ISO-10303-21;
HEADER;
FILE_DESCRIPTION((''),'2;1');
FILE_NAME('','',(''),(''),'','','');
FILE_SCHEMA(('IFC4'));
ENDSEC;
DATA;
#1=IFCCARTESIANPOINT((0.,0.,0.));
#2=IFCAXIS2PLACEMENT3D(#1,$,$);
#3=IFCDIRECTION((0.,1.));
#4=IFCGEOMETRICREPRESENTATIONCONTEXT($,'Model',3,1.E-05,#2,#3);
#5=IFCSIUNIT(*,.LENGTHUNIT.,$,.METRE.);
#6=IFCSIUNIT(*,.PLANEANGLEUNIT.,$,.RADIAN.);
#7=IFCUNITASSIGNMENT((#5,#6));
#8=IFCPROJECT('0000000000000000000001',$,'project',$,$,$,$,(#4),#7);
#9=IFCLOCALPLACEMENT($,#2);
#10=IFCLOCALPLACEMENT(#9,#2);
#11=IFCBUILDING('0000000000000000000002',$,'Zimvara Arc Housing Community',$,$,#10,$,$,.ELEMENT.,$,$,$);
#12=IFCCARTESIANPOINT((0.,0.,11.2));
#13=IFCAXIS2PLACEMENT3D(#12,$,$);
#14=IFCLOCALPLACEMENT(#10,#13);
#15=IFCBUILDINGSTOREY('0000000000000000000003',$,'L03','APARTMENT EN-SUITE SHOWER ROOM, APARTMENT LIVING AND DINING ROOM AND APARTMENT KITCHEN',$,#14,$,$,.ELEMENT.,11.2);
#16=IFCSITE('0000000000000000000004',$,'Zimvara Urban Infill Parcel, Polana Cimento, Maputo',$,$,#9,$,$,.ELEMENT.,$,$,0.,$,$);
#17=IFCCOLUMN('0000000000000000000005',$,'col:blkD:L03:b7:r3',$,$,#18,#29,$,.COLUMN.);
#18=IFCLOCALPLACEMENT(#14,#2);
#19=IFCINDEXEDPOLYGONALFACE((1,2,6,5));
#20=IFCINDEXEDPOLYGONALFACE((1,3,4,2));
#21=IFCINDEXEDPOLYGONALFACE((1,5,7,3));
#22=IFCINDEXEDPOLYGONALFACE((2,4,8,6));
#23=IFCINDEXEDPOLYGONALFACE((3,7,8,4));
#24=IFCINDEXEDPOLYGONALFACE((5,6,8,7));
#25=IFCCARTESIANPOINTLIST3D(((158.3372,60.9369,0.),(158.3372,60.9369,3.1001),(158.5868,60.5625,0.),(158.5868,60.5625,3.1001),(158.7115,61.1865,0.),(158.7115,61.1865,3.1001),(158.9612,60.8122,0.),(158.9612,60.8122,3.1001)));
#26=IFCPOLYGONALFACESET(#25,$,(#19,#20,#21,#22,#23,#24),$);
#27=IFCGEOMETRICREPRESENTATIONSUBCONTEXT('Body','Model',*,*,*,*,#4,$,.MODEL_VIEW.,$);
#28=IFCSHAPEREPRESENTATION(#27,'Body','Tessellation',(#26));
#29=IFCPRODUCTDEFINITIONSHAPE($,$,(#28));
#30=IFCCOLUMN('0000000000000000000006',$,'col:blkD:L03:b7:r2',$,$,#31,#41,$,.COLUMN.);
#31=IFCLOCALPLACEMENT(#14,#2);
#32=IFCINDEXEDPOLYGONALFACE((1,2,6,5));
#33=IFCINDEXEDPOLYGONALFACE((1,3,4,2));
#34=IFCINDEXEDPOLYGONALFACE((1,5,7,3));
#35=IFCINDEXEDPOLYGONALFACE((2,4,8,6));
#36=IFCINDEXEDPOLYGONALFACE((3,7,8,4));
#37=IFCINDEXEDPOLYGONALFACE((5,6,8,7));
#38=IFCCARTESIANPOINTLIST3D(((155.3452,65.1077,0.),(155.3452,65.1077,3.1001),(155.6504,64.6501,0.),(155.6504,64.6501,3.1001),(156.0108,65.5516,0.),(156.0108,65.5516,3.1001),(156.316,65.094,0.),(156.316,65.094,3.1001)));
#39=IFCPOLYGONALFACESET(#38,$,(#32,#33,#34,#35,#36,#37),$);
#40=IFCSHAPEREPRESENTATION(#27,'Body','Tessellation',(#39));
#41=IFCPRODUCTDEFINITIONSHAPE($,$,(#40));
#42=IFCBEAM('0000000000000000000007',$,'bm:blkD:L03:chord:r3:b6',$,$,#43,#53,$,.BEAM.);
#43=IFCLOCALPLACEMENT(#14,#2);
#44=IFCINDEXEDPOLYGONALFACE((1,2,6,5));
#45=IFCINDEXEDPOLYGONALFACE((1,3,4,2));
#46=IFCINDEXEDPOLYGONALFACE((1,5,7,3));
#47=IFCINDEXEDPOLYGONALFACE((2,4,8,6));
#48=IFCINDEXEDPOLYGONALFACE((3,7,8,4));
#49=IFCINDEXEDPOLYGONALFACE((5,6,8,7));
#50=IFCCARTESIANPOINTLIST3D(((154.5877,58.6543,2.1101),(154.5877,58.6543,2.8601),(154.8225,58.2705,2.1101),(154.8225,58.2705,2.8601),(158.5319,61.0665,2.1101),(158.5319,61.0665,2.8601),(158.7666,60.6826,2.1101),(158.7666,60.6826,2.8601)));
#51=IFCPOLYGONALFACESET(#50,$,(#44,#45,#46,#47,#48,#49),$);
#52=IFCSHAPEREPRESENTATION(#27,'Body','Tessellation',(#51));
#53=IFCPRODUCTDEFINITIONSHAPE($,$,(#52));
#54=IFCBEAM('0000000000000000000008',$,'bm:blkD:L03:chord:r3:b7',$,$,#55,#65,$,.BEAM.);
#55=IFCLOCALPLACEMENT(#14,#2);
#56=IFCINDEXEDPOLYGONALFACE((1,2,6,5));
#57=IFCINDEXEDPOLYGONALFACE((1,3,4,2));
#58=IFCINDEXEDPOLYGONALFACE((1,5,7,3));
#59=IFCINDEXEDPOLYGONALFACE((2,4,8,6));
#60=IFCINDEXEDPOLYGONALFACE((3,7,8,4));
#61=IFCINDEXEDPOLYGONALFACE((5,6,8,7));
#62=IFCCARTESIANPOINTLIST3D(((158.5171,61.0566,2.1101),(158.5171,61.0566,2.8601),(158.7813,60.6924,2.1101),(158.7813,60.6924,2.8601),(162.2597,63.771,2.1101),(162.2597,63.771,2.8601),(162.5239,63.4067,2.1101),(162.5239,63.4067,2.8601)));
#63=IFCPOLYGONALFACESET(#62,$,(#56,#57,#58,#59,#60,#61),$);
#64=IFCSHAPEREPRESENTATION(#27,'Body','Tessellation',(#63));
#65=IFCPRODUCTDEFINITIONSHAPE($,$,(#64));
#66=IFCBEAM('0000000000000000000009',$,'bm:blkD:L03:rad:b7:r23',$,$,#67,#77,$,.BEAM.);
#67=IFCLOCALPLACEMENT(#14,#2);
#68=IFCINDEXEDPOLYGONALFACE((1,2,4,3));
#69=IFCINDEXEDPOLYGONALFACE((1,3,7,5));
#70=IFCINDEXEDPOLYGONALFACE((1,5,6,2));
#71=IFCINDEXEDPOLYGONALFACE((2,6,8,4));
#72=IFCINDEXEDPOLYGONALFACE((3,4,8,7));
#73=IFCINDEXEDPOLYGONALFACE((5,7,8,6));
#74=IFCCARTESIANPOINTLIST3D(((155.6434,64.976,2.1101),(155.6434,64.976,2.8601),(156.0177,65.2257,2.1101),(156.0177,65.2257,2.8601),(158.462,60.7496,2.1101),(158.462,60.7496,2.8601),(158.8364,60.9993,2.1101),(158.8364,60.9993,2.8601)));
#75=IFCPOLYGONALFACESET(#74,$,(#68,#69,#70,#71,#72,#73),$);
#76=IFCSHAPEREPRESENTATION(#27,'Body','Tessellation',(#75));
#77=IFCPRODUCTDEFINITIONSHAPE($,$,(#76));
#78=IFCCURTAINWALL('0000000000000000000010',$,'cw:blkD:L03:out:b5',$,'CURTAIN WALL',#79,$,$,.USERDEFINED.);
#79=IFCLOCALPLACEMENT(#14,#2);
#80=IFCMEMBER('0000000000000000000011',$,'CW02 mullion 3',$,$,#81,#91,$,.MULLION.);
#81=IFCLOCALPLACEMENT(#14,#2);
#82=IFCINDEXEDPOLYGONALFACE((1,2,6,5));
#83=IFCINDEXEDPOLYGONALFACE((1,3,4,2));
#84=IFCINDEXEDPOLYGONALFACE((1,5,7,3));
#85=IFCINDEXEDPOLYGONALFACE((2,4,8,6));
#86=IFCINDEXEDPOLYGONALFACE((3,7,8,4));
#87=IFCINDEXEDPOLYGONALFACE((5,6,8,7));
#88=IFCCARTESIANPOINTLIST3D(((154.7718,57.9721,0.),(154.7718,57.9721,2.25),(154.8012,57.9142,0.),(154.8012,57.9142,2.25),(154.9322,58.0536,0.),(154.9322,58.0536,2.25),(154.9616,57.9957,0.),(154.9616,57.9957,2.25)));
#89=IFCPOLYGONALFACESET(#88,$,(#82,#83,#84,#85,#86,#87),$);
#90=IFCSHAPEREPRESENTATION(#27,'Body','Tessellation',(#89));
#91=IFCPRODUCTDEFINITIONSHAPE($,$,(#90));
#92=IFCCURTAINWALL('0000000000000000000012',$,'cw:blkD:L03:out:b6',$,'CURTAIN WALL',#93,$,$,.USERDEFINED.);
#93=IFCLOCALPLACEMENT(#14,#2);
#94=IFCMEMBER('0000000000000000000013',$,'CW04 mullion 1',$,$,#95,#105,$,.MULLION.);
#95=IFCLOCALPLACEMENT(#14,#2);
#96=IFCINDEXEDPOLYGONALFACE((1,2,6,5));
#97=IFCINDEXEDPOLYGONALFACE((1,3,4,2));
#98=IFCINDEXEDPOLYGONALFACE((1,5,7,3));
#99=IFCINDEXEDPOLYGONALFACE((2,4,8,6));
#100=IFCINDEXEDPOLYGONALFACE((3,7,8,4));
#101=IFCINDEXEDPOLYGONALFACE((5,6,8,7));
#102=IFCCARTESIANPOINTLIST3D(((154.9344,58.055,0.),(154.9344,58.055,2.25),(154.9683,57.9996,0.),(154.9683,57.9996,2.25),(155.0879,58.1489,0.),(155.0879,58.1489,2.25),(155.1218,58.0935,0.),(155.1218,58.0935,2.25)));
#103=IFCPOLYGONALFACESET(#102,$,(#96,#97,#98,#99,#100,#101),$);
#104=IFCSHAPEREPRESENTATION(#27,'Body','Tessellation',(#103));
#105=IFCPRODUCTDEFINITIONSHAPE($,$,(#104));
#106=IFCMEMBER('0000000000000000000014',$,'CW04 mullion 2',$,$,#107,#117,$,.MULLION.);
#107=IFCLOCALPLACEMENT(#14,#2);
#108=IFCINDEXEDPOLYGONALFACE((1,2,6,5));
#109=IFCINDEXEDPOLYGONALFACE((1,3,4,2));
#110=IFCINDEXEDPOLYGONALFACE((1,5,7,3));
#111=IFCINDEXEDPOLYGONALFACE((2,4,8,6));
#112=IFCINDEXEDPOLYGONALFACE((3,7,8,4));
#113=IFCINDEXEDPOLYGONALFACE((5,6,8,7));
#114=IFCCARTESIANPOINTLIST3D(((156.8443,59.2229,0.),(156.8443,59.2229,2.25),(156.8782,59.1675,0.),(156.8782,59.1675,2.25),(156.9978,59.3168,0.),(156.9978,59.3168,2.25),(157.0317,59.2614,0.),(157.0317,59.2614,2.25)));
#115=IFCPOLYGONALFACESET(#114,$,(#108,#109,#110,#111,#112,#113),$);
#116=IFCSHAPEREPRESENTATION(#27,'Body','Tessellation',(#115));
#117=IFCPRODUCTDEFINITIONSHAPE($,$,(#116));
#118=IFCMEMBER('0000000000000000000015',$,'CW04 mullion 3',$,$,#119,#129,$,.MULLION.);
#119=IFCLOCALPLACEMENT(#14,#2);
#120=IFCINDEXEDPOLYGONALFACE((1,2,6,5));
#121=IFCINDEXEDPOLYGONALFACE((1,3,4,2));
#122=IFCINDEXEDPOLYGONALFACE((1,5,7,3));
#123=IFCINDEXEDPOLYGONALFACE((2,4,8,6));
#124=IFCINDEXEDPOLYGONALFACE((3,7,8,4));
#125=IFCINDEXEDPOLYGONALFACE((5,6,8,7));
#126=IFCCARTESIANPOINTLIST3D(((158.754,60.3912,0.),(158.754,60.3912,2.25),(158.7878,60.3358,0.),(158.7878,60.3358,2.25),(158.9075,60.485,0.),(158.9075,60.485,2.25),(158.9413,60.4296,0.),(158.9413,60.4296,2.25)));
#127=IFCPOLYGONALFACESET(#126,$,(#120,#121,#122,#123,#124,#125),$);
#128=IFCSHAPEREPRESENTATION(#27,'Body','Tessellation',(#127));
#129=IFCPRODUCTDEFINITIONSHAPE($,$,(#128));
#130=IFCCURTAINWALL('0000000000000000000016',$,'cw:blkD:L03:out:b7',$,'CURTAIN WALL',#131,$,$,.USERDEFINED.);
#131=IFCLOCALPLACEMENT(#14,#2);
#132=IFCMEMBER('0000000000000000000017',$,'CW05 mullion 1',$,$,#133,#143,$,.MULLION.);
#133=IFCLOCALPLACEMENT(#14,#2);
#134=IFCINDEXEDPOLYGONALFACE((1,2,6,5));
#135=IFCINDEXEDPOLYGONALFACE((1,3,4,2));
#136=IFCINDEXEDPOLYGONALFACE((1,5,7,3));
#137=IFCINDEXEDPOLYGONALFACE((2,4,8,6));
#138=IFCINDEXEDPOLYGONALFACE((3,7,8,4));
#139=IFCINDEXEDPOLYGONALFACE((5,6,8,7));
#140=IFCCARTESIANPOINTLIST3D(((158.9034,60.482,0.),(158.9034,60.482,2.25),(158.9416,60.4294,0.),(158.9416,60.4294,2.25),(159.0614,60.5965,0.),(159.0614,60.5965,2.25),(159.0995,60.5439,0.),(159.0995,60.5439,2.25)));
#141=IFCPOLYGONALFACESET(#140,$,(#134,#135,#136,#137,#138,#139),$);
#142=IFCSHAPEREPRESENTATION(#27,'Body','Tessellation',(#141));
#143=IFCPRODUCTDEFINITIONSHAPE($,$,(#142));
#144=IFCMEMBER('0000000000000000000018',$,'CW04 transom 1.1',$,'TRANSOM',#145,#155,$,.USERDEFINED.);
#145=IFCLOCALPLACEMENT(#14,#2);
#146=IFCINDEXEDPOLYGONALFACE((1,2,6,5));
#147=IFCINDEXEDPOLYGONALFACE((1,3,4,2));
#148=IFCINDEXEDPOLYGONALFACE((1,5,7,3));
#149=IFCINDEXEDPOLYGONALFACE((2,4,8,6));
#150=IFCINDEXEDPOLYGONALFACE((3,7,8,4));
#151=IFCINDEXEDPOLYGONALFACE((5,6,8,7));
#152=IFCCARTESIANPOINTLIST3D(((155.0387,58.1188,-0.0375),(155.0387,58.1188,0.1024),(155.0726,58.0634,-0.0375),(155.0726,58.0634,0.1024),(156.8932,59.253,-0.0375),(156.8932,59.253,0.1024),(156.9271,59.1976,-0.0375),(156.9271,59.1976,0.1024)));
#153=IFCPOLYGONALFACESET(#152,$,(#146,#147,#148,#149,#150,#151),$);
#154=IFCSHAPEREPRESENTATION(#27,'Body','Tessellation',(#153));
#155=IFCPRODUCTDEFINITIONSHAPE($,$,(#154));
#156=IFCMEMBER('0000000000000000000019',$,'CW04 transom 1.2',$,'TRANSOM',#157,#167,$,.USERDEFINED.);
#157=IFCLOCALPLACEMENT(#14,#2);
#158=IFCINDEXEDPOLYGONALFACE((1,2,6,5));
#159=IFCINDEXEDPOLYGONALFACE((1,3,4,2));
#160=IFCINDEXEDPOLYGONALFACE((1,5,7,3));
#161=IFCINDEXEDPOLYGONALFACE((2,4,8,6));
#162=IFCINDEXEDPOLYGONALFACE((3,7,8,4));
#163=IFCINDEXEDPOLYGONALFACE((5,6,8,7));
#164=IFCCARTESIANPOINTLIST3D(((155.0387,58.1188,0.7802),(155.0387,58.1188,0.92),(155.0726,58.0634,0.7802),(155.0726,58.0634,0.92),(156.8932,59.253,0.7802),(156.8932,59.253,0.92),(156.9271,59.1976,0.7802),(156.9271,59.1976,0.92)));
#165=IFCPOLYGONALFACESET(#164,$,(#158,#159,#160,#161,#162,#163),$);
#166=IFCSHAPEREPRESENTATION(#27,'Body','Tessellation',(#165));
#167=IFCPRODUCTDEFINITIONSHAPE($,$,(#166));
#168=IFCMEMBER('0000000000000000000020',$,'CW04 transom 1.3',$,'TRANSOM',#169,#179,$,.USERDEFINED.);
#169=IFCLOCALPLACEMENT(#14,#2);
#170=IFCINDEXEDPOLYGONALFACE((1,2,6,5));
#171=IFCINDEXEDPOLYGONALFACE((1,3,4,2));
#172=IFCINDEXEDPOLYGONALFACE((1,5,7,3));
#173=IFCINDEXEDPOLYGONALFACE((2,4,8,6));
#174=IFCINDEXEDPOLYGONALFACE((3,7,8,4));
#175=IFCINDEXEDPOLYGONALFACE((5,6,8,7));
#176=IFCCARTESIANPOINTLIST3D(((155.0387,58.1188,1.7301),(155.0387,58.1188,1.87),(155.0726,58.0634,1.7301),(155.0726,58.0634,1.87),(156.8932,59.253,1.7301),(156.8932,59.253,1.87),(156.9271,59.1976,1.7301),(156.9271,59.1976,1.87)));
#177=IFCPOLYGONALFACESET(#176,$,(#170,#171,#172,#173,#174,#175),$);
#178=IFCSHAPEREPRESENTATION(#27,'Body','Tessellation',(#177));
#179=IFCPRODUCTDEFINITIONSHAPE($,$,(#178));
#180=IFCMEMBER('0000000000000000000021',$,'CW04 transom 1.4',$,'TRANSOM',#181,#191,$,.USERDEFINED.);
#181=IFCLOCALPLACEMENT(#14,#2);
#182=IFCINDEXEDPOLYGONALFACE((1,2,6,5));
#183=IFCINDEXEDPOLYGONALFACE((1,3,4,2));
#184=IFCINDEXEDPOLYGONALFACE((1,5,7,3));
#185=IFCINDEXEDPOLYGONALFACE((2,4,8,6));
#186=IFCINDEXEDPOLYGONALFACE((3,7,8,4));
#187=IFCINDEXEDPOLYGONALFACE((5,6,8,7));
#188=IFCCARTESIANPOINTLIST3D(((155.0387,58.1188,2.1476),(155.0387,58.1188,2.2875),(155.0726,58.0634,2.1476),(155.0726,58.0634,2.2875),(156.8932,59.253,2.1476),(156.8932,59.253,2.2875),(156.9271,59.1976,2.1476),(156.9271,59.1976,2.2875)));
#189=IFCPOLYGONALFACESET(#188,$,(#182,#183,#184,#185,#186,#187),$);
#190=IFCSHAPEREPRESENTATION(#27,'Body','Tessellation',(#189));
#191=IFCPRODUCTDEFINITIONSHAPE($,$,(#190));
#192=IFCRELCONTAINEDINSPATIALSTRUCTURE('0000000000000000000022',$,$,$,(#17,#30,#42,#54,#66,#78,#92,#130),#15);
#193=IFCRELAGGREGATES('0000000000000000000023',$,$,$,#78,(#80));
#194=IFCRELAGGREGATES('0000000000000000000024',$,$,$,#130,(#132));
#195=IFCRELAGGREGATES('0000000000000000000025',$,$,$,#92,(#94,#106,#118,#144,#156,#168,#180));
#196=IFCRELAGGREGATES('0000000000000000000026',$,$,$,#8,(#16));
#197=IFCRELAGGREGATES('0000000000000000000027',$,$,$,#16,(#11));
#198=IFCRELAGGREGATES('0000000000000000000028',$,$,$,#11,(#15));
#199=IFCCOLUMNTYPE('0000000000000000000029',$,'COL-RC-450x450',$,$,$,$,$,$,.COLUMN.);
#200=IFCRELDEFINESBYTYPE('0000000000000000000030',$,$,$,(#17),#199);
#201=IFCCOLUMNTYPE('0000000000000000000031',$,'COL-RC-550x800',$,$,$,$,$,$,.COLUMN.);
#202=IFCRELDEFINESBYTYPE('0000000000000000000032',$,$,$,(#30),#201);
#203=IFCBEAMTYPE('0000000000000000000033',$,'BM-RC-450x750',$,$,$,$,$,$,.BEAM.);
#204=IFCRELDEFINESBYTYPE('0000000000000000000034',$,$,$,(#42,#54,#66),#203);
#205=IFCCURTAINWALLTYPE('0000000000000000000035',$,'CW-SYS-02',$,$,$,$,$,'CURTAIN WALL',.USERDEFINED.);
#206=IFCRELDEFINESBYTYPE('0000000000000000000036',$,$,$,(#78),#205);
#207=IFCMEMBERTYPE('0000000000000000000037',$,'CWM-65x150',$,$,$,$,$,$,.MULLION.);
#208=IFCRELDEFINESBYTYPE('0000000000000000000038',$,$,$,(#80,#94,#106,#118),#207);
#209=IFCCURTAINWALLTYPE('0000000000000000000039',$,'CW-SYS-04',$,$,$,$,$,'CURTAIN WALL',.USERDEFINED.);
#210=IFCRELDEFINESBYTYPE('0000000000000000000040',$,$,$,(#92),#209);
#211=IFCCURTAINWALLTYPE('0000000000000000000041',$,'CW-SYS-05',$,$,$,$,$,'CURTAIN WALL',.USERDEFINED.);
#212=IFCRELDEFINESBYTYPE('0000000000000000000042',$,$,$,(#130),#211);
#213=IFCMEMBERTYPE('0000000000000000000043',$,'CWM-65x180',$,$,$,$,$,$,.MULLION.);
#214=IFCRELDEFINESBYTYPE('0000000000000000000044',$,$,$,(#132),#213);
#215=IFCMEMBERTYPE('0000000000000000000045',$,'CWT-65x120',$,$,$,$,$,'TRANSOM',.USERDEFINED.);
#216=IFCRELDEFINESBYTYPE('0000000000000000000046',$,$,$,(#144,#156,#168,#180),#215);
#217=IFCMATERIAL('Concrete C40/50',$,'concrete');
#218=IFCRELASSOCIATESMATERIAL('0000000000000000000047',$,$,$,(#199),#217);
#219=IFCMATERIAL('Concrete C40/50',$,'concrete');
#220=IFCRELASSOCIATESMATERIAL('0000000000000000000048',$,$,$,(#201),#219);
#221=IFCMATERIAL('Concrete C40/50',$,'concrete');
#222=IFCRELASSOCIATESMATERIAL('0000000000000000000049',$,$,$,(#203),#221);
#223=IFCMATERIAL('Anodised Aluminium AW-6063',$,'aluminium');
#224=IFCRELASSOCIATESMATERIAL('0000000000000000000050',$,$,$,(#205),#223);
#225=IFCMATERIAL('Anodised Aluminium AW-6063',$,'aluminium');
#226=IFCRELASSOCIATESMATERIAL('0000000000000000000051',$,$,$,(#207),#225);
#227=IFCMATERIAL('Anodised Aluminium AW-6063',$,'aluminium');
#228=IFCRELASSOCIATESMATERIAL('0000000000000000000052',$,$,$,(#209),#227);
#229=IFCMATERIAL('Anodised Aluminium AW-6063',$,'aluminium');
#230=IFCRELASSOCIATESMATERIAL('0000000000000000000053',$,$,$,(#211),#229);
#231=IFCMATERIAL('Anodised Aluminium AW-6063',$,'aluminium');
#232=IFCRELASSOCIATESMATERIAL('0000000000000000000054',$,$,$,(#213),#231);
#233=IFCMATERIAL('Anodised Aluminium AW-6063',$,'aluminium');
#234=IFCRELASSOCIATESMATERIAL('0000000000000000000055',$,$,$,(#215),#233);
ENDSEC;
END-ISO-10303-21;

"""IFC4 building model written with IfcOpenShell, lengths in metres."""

from ifc_helpers import new_model, si_unit, direction, frame, origin, origin_2d, place, context, subcontext, project, spatial, rectangle, extrude, material, material_profile, profile_set, type_object, element, aggregate, save


model = new_model("IFC4")

# Units and contexts
model_context = context("Model", 3, precision=1e-05, world=origin(), true_north=direction((0.0, 1.0)))
body_context = subcontext(model_context, "Body", "Model", "MODEL_VIEW")
ifc_project = project(units=[si_unit("LENGTHUNIT", "METRE"), si_unit("PLANEANGLEUNIT", "RADIAN")], contexts=[model_context])

# Site, building, storey
site_placement = place(None, origin())
site = spatial("IfcSite", under=ifc_project, at=site_placement, Name="Zimvara Urban Infill Parcel, Polana Cimento, Maputo", CompositionType="ELEMENT", RefElevation=0.0)
building_placement = place(site_placement, origin())
building = spatial("IfcBuilding", under=site, at=building_placement, Name="Zimvara Arc Housing Community", CompositionType="ELEMENT")
storey_placement = place(building_placement, frame((0.0, 0.0, 11.2)))
storey = spatial("IfcBuildingStorey", under=building, at=storey_placement, Name="L03", Description="APARTMENT EN-SUITE SHOWER ROOM, APARTMENT LIVING AND DINING ROOM AND APARTMENT KITCHEN", CompositionType="ELEMENT", Elevation=11.2)

# Columns
ifc_material_1 = material(Name="Concrete C40/50", Category="concrete")
ifc_material_profile_1 = material_profile(ifc_material_1, rectangle(XDim=0.45, YDim=0.45, at=origin_2d()), Name="RC 450x450")
ifc_profile_set_1 = profile_set([ifc_material_profile_1], Name="Concrete C40/50")
column_type_1 = type_object("IfcColumnType", Name="COL-RC-450x450", PredefinedType="COLUMN", material=ifc_profile_set_1)
column_1_placement = place(storey_placement, frame((158.6492, 60.8745, 0.0), z_axis=(0.0, 0.0, 1.0), x_axis=(0.554844, -0.831954, 0.0)))
element("IfcColumn", 1, at=column_1_placement, inside=storey, type_object=column_type_1, Name="col:blkD:L03:b7:r3", PredefinedType="COLUMN", context=body_context, shape_type="SweptSolid", body=[
    extrude(rectangle(XDim=0.45, YDim=0.45, at=origin_2d()), origin(), (0.0, 0.0, 1.0), 3.1001),
])
ifc_material_2 = material(Name="Concrete C40/50", Category="concrete")
ifc_material_profile_2 = material_profile(ifc_material_2, rectangle(XDim=0.55, YDim=0.8, at=origin_2d()), Name="RC 550x800")
ifc_profile_set_2 = profile_set([ifc_material_profile_2], Name="Concrete C40/50")
column_type_2 = type_object("IfcColumnType", Name="COL-RC-550x800", PredefinedType="COLUMN", material=ifc_profile_set_2)
column_2_placement = place(storey_placement, frame((155.8306, 65.1008, 0.0), z_axis=(0.0, 0.0, 1.0), x_axis=(0.554844, -0.831954, 0.0)))
element("IfcColumn", 2, at=column_2_placement, inside=storey, type_object=column_type_2, Name="col:blkD:L03:b7:r2", PredefinedType="COLUMN", context=body_context, shape_type="SweptSolid", body=[
    extrude(rectangle(XDim=0.55, YDim=0.8, at=origin_2d()), origin(), (0.0, 0.0, 1.0), 3.1001),
])

# Beams
ifc_material_3 = material(Name="Concrete C40/50", Category="concrete")
ifc_material_profile_3 = material_profile(ifc_material_3, rectangle(XDim=0.45, YDim=0.75, at=origin_2d()), Name="RC 450x750")
ifc_profile_set_3 = profile_set([ifc_material_profile_3], Name="Concrete C40/50")
beam_type = type_object("IfcBeamType", Name="BM-RC-450x750", PredefinedType="BEAM", material=ifc_profile_set_3)
for number, where, z_axis, x_axis, name in (
    (3, (154.7051, 58.4624, 2.4851), (0.853106, 0.521738, 0.0), (-0.521738, 0.853106, 0.0), "bm:blkD:L03:chord:r3:b6"),
    (4, (158.6492, 60.8745, 2.4851), (0.809516, 0.587097, 0.0), (-0.587097, 0.809516, 0.0), "bm:blkD:L03:chord:r3:b7"),
):
    element("IfcBeam", number, at=place(storey_placement, frame(where, z_axis=z_axis, x_axis=x_axis)), inside=storey, type_object=beam_type, Name=name, PredefinedType="BEAM", context=body_context, shape_type="SweptSolid", body=[
        extrude(rectangle(XDim=0.45, YDim=0.75, at=origin_2d()), origin(), (0.0, 0.0, 1.0), 4.6233),
    ])
beam_placement = place(storey_placement, frame((155.8306, 65.1008, 2.4851), z_axis=(0.554844, -0.831954, 0.0), x_axis=(0.831954, 0.554844, 0.0)))
element("IfcBeam", 5, at=beam_placement, inside=storey, type_object=beam_type, Name="bm:blkD:L03:rad:b7:r23", PredefinedType="BEAM", context=body_context, shape_type="SweptSolid", body=[
    extrude(rectangle(XDim=0.45, YDim=0.75, at=origin_2d()), origin(), (0.0, 0.0, 1.0), 5.0801),
])

# Curtain wall, member
ifc_material_4 = material(Name="Anodised Aluminium AW-6063", Category="aluminium")
curtain_wall_type_1 = type_object("IfcCurtainWallType", Name="CW-SYS-02", ElementType="CURTAIN WALL", PredefinedType="USERDEFINED", material=ifc_material_4)
curtain_wall_1_placement = place(storey_placement, origin())
curtain_wall_1 = element("IfcCurtainWall", 6, at=curtain_wall_1_placement, inside=storey, type_object=curtain_wall_type_1, Name="cw:blkD:L03:out:b5", ObjectType="CURTAIN WALL", PredefinedType="USERDEFINED")
ifc_material_5 = material(Name="Anodised Aluminium AW-6063", Category="aluminium")
ifc_material_profile_4 = material_profile(ifc_material_5, rectangle(XDim=0.0649, YDim=0.1799, at=origin_2d()), Name="ALU 65x180")
ifc_profile_set_4 = profile_set([ifc_material_profile_4], Name="Anodised Aluminium AW-6063")
member_type_1 = type_object("IfcMemberType", Name="CWM-65x150", PredefinedType="MULLION", material=ifc_profile_set_4)
member_1_placement = place(storey_placement, frame((154.8667, 57.9839, 0.0), z_axis=(0.0, 0.0, 1.0), x_axis=(-0.453212, 0.891403, 0.0)))
member_1 = element("IfcMember", 7, at=member_1_placement, type_object=member_type_1, Name="CW02 mullion 3", PredefinedType="MULLION", context=body_context, shape_type="SweptSolid", body=[
    extrude(rectangle(XDim=0.0649, YDim=0.1799, at=origin_2d()), origin(), (0.0, 0.0, 1.0), 2.25),
])
aggregate(curtain_wall_1, [member_1])

# Curtain wall, members
ifc_material_6 = material(Name="Anodised Aluminium AW-6063", Category="aluminium")
curtain_wall_type_2 = type_object("IfcCurtainWallType", Name="CW-SYS-04", ElementType="CURTAIN WALL", PredefinedType="USERDEFINED", material=ifc_material_6)
curtain_wall_2_placement = place(storey_placement, origin())
curtain_wall_2 = element("IfcCurtainWall", 8, at=curtain_wall_2_placement, inside=storey, type_object=curtain_wall_type_2, Name="cw:blkD:L03:out:b6", ObjectType="CURTAIN WALL", PredefinedType="USERDEFINED")
member_2_placement = place(storey_placement, frame((155.0281, 58.0742, 0.0), z_axis=(0.0, 0.0, 1.0), x_axis=(-0.521754, 0.853096, 0.0)))
member_2 = element("IfcMember", 9, at=member_2_placement, type_object=member_type_1, Name="CW04 mullion 1", PredefinedType="MULLION", context=body_context, shape_type="SweptSolid", body=[
    extrude(rectangle(XDim=0.0649, YDim=0.1799, at=origin_2d()), origin(), (0.0, 0.0, 1.0), 2.25),
])
member_3_placement = place(storey_placement, frame((156.938, 59.2422, 0.0), z_axis=(0.0, 0.0, 1.0), x_axis=(-0.521754, 0.853096, 0.0)))
member_3 = element("IfcMember", 10, at=member_3_placement, type_object=member_type_1, Name="CW04 mullion 2", PredefinedType="MULLION", context=body_context, shape_type="SweptSolid", body=[
    extrude(rectangle(XDim=0.0649, YDim=0.1799, at=origin_2d()), origin(), (0.0, 0.0, 1.0), 2.25),
])
member_4_placement = place(storey_placement, frame((158.8477, 60.4104, 0.0), z_axis=(0.0, 0.0, 1.0), x_axis=(-0.521754, 0.853096, 0.0)))
member_4 = element("IfcMember", 11, at=member_4_placement, type_object=member_type_1, Name="CW04 mullion 3", PredefinedType="MULLION", context=body_context, shape_type="SweptSolid", body=[
    extrude(rectangle(XDim=0.0649, YDim=0.1799, at=origin_2d()), origin(), (0.0, 0.0, 1.0), 2.25),
])

# Curtain wall, member
ifc_material_7 = material(Name="Anodised Aluminium AW-6063", Category="aluminium")
curtain_wall_type_3 = type_object("IfcCurtainWallType", Name="CW-SYS-05", ElementType="CURTAIN WALL", PredefinedType="USERDEFINED", material=ifc_material_7)
curtain_wall_3_placement = place(storey_placement, origin())
curtain_wall_3 = element("IfcCurtainWall", 12, at=curtain_wall_3_placement, inside=storey, type_object=curtain_wall_type_3, Name="cw:blkD:L03:out:b7", ObjectType="CURTAIN WALL", PredefinedType="USERDEFINED")
ifc_material_8 = material(Name="Anodised Aluminium AW-6063", Category="aluminium")
ifc_material_profile_5 = material_profile(ifc_material_8, rectangle(XDim=0.0649, YDim=0.1951, at=origin_2d()), Name="ALU 65x195")
ifc_profile_set_5 = profile_set([ifc_material_profile_5], Name="Anodised Aluminium AW-6063")
member_type_2 = type_object("IfcMemberType", Name="CWM-65x180", PredefinedType="MULLION", material=ifc_profile_set_5)
member_5_placement = place(storey_placement, frame((159.0015, 60.5129, 0.0), z_axis=(0.0, 0.0, 1.0), x_axis=(-0.587078, 0.80953, 0.0)))
member_5 = element("IfcMember", 13, at=member_5_placement, type_object=member_type_2, Name="CW05 mullion 1", PredefinedType="MULLION", context=body_context, shape_type="SweptSolid", body=[
    extrude(rectangle(XDim=0.0649, YDim=0.1951, at=origin_2d()), origin(), (0.0, 0.0, 1.0), 2.25),
])

# Members
ifc_material_9 = material(Name="Anodised Aluminium AW-6063", Category="aluminium")
ifc_material_profile_6 = material_profile(ifc_material_9, rectangle(XDim=0.0649, YDim=0.1399, at=origin_2d()), Name="ALU 65x140")
ifc_profile_set_6 = profile_set([ifc_material_profile_6], Name="Anodised Aluminium AW-6063")
member_type_3 = type_object("IfcMemberType", Name="CWT-65x120", ElementType="TRANSOM", PredefinedType="USERDEFINED", material=ifc_profile_set_6)
member_6_placement = place(storey_placement, frame((155.0557, 58.0911, 0.0325), z_axis=(0.853082, 0.521777, 0.0), x_axis=(-0.521777, 0.853082, 0.0)))
member_6 = element("IfcMember", 14, at=member_6_placement, type_object=member_type_3, Name="CW04 transom 1.1", ObjectType="TRANSOM", PredefinedType="USERDEFINED", context=body_context, shape_type="SweptSolid", body=[
    extrude(rectangle(XDim=0.0649, YDim=0.1399, at=origin_2d()), origin(), (0.0, 0.0, 1.0), 2.1738),
])
member_7_placement = place(storey_placement, frame((155.0557, 58.0911, 0.8501), z_axis=(0.853082, 0.521777, 0.0), x_axis=(-0.521777, 0.853082, 0.0)))
member_7 = element("IfcMember", 15, at=member_7_placement, type_object=member_type_3, Name="CW04 transom 1.2", ObjectType="TRANSOM", PredefinedType="USERDEFINED", context=body_context, shape_type="SweptSolid", body=[
    extrude(rectangle(XDim=0.0649, YDim=0.1399, at=origin_2d()), origin(), (0.0, 0.0, 1.0), 2.1738),
])
member_8_placement = place(storey_placement, frame((155.0557, 58.0911, 1.8), z_axis=(0.853082, 0.521777, 0.0), x_axis=(-0.521777, 0.853082, 0.0)))
member_8 = element("IfcMember", 16, at=member_8_placement, type_object=member_type_3, Name="CW04 transom 1.3", ObjectType="TRANSOM", PredefinedType="USERDEFINED", context=body_context, shape_type="SweptSolid", body=[
    extrude(rectangle(XDim=0.0649, YDim=0.1399, at=origin_2d()), origin(), (0.0, 0.0, 1.0), 2.1738),
])
member_9_placement = place(storey_placement, frame((155.0557, 58.0911, 2.2175), z_axis=(0.853082, 0.521777, 0.0), x_axis=(-0.521777, 0.853082, 0.0)))
member_9 = element("IfcMember", 17, at=member_9_placement, type_object=member_type_3, Name="CW04 transom 1.4", ObjectType="TRANSOM", PredefinedType="USERDEFINED", context=body_context, shape_type="SweptSolid", body=[
    extrude(rectangle(XDim=0.0649, YDim=0.1399, at=origin_2d()), origin(), (0.0, 0.0, 1.0), 2.1738),
])
aggregate(curtain_wall_3, [member_5])

aggregate(curtain_wall_2, [member_2, member_3, member_4, member_6, member_7, member_8, member_9])

save(model, "model.ifc")
